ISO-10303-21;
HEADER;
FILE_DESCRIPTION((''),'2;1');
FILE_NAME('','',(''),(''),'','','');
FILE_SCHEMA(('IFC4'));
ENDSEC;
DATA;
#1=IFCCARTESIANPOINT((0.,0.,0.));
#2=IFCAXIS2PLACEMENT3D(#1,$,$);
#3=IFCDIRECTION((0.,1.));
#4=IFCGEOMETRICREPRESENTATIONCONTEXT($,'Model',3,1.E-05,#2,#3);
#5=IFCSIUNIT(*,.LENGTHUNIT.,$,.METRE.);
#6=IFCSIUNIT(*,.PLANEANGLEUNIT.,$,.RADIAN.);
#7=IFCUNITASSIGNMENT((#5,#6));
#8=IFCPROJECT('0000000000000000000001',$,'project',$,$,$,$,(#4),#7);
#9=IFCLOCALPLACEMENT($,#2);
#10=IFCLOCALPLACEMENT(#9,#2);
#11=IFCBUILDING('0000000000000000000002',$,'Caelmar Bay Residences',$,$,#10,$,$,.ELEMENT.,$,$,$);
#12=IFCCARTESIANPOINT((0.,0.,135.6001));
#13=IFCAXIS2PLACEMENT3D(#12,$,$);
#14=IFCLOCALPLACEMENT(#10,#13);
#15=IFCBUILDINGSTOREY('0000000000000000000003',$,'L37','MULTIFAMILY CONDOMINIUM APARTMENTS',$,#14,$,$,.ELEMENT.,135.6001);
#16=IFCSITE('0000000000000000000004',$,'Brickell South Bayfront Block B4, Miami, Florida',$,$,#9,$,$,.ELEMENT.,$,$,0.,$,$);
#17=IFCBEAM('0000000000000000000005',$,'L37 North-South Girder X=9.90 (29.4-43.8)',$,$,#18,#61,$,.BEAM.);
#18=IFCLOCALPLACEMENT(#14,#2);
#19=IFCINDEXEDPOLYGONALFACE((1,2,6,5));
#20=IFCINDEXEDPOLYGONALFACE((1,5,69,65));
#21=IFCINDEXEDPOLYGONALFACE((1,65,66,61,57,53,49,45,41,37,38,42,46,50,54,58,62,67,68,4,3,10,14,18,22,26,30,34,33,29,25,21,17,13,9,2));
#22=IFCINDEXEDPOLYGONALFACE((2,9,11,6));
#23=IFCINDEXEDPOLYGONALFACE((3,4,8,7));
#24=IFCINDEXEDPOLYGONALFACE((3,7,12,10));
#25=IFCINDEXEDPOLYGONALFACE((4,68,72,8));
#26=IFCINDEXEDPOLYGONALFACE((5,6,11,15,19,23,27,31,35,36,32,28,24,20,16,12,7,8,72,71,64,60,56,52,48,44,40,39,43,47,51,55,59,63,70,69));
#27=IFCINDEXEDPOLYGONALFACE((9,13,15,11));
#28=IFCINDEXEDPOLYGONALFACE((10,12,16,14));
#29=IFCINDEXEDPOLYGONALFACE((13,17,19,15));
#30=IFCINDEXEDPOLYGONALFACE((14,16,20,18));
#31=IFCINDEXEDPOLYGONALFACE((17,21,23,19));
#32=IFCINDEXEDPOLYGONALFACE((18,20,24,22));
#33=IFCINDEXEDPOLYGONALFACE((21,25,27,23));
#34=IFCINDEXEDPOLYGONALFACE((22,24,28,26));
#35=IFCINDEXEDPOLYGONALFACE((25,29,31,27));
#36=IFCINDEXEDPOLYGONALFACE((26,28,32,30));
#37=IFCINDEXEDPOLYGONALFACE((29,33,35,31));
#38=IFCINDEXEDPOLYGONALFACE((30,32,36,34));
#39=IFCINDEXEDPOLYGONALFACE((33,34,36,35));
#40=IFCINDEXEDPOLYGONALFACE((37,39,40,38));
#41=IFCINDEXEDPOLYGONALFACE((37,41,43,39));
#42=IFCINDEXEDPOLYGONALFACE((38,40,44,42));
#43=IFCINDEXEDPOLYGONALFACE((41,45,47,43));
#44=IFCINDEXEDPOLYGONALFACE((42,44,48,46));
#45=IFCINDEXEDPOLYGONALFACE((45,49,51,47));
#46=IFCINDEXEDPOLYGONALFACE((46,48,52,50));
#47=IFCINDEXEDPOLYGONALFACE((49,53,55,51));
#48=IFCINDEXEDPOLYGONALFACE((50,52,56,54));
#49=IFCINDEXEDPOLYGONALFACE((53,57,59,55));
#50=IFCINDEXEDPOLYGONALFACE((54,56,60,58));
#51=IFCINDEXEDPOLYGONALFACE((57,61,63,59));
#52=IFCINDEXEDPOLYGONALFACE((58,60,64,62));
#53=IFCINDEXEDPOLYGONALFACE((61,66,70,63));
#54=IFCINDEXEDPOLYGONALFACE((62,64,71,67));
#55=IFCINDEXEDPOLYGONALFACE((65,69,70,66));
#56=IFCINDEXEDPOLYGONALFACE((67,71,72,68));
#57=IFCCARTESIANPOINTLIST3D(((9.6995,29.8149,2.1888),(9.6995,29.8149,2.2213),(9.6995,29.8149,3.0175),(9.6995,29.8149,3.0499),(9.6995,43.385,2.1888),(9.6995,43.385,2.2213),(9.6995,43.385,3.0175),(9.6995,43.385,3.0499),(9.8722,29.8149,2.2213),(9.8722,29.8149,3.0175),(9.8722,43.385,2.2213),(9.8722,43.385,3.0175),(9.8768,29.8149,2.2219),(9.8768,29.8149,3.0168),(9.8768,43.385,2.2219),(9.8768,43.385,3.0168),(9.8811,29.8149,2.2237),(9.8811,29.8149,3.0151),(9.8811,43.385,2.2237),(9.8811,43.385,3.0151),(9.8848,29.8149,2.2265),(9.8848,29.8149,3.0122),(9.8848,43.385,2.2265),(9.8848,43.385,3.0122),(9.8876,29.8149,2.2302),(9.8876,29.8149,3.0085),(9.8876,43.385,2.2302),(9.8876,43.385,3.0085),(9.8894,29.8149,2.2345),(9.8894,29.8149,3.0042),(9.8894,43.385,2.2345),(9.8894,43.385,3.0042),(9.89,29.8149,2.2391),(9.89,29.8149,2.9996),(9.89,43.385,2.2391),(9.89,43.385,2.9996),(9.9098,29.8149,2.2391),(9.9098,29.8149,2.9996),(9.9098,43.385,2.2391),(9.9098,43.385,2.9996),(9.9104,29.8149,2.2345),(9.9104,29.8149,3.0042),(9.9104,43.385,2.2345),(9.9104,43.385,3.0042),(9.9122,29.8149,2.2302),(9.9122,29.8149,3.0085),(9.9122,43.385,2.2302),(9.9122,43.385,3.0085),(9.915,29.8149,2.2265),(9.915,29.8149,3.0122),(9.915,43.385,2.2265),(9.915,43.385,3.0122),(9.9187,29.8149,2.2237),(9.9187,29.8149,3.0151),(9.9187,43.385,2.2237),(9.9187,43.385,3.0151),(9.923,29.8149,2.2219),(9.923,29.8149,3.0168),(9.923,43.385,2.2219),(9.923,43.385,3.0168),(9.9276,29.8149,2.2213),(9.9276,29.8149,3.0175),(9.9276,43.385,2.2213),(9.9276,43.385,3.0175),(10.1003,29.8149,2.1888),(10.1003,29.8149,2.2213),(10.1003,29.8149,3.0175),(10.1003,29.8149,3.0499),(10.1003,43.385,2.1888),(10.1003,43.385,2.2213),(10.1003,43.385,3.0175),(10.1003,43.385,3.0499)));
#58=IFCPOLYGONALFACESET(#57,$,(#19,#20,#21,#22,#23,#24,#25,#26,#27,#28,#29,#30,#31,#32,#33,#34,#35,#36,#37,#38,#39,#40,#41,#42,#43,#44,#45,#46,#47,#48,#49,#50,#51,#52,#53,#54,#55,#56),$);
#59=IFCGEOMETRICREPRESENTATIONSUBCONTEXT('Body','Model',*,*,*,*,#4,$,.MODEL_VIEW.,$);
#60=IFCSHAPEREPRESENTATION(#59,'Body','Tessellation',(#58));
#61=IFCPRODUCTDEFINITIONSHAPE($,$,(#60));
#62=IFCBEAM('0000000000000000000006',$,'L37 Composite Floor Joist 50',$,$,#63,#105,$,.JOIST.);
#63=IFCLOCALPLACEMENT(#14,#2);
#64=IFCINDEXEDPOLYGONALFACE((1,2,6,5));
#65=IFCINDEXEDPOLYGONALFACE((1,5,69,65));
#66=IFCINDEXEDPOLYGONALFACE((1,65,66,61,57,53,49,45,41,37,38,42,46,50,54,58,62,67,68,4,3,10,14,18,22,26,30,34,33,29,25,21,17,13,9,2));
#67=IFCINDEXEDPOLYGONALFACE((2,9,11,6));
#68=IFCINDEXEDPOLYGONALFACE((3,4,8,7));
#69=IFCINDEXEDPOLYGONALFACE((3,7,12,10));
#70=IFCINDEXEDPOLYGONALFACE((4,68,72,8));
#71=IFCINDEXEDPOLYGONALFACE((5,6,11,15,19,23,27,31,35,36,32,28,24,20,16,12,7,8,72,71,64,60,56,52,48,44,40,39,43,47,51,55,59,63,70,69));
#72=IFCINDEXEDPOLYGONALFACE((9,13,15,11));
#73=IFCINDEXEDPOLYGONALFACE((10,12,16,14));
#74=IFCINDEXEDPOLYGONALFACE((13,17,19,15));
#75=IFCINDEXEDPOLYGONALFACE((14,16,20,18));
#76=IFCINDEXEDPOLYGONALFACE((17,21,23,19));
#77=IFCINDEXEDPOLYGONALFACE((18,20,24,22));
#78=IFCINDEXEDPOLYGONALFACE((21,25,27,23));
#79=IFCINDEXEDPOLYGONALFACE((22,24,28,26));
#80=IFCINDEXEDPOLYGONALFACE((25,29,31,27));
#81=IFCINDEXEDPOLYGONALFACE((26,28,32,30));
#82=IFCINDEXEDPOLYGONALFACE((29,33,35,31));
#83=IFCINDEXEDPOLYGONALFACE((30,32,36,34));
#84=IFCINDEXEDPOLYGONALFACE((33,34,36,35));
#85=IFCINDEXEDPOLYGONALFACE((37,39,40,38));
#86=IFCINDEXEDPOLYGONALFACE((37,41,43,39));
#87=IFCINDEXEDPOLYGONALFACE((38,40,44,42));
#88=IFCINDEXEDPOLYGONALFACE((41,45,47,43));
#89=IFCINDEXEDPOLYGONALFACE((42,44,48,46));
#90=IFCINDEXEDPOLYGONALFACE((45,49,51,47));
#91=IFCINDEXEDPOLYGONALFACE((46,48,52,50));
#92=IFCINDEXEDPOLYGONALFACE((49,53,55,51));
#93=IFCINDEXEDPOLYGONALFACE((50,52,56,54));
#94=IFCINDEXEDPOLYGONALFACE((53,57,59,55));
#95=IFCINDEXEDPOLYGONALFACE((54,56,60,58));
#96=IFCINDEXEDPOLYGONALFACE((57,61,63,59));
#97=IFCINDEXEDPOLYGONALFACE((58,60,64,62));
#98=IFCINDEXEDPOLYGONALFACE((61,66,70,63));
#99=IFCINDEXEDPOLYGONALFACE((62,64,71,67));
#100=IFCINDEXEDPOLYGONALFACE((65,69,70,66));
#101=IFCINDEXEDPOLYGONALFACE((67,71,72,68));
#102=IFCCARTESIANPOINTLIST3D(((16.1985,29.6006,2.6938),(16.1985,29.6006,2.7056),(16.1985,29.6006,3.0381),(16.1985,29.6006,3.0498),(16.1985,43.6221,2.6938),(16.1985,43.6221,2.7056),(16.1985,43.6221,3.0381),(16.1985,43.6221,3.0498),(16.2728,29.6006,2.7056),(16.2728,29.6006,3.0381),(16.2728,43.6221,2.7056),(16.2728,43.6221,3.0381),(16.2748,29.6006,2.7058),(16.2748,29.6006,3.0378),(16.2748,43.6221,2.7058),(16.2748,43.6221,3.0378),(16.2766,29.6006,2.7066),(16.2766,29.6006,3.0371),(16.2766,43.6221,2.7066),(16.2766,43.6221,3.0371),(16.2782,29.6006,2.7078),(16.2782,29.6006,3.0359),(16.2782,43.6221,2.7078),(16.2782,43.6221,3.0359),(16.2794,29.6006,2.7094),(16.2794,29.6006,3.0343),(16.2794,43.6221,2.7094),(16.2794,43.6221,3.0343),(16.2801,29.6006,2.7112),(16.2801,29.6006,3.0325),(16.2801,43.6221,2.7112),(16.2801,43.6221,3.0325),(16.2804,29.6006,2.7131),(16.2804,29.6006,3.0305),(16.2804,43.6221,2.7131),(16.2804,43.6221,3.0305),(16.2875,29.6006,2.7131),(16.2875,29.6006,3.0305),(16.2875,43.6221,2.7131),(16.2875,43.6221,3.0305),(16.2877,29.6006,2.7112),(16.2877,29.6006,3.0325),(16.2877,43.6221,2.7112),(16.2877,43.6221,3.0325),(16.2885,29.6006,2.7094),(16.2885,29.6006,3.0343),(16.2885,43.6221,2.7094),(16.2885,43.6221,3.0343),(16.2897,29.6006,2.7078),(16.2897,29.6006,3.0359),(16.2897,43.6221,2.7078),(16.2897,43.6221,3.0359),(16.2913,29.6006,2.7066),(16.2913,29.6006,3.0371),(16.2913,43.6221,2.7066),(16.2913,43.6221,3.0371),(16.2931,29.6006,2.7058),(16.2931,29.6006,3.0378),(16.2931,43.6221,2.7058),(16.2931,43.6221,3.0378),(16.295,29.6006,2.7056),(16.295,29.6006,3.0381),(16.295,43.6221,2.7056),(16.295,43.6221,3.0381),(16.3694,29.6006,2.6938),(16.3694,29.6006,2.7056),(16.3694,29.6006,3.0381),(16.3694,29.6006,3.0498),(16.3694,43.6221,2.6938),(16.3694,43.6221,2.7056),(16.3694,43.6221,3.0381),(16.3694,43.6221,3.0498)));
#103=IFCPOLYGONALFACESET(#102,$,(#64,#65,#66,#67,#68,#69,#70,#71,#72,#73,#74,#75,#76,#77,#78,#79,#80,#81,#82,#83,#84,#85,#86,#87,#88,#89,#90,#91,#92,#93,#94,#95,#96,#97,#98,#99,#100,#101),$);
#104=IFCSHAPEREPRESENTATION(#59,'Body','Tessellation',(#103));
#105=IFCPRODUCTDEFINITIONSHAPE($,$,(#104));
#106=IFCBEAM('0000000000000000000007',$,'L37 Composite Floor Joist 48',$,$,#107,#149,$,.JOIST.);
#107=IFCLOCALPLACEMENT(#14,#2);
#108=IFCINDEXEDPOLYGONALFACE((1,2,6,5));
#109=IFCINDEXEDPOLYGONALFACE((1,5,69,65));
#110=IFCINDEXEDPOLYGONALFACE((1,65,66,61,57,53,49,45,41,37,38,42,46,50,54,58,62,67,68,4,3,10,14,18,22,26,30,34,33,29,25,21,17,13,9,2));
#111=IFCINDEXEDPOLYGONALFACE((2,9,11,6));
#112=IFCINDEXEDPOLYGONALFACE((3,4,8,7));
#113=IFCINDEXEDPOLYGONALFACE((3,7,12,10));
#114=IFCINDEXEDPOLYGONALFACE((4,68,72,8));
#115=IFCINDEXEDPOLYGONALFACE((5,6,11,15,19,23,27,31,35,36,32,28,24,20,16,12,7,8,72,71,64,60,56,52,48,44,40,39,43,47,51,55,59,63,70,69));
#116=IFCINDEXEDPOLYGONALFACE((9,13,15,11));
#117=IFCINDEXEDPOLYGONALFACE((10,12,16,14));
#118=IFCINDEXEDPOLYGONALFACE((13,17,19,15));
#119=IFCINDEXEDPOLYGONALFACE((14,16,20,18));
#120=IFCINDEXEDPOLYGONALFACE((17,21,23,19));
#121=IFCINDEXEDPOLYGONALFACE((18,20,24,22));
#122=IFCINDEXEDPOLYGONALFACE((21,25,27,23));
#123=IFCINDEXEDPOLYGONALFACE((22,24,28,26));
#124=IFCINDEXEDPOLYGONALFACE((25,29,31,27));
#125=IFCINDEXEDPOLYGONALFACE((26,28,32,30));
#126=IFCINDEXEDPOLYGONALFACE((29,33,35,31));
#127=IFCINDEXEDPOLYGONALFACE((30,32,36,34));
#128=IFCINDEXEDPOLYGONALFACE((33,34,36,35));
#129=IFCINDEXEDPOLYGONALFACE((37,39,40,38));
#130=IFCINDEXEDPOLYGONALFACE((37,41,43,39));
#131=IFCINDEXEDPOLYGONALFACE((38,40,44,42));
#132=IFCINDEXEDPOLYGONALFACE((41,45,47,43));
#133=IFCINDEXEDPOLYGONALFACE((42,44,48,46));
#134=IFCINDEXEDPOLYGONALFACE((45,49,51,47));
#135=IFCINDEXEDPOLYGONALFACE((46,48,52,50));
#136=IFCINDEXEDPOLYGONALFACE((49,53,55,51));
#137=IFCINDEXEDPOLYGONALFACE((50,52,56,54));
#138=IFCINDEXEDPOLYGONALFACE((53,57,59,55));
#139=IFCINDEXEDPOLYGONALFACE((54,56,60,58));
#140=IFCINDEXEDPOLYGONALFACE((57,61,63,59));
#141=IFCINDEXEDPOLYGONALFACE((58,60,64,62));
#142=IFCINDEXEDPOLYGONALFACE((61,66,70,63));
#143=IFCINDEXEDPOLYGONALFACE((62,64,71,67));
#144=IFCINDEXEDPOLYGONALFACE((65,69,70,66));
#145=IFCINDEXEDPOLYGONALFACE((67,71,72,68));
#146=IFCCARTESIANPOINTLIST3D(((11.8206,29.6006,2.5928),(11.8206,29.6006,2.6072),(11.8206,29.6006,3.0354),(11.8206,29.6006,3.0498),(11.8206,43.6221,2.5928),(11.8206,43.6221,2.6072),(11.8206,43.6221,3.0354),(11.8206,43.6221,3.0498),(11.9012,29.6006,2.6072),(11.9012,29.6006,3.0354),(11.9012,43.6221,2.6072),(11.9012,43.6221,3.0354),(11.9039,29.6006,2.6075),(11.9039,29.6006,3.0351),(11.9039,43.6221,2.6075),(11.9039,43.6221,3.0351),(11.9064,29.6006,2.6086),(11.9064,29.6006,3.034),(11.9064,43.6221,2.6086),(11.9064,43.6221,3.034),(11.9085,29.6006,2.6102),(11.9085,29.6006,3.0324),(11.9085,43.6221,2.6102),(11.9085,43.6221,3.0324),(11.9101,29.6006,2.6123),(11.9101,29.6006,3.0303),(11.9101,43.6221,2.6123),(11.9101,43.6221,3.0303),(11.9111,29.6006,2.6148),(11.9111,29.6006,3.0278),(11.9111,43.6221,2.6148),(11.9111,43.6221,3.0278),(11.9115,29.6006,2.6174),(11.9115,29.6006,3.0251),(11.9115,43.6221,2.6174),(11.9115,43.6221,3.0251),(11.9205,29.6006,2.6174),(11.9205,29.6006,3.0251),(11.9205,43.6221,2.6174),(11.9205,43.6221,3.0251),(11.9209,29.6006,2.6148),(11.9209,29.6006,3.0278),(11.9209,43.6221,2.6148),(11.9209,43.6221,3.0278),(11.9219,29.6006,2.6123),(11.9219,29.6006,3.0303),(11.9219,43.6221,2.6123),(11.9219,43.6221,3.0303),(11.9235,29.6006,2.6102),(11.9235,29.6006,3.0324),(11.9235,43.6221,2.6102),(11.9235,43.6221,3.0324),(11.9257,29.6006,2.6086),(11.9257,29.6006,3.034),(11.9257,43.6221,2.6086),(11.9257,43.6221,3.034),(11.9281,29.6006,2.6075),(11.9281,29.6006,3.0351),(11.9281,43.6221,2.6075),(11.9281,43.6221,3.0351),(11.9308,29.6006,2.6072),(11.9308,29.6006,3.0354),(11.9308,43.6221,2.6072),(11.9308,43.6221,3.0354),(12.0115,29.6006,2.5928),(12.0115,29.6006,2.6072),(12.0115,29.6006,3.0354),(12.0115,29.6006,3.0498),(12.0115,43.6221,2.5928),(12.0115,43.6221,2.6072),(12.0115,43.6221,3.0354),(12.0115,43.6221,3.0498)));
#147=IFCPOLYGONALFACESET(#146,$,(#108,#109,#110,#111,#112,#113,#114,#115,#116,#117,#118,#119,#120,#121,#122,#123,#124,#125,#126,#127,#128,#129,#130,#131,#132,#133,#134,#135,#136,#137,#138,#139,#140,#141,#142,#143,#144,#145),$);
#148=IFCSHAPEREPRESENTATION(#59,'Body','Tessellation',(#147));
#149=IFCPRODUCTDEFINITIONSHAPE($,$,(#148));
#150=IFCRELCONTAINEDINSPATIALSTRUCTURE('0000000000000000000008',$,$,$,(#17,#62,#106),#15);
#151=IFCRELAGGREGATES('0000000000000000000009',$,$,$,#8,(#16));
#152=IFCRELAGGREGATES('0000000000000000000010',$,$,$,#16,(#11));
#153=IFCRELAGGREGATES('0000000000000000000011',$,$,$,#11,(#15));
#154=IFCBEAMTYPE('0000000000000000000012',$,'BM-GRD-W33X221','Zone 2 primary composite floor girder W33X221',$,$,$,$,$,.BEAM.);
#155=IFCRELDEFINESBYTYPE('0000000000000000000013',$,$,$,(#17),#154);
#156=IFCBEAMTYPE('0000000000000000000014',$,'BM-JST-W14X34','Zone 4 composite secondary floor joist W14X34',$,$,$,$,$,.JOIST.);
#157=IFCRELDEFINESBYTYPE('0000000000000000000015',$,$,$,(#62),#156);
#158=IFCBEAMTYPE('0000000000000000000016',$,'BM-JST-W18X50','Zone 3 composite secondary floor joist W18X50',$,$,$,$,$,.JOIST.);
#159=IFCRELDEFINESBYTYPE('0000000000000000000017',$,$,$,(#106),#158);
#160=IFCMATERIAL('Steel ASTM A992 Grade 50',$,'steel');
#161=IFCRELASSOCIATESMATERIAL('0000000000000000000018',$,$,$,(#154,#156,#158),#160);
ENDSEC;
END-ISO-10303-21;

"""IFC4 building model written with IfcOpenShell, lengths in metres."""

from ifc_helpers import new_model, si_unit, direction, frame, origin, origin_2d, place, context, subcontext, project, spatial, i_section, extrude, material, material_profile, profile_set, type_object, element, save


model = new_model("IFC4")

# Units and contexts
model_context = context("Model", 3, precision=1e-05, world=origin(), true_north=direction((0.0, 1.0)))
body_context = subcontext(model_context, "Body", "Model", "MODEL_VIEW")
ifc_project = project(units=[si_unit("LENGTHUNIT", "METRE"), si_unit("PLANEANGLEUNIT", "RADIAN")], contexts=[model_context])

# Site, building, storey
site_placement = place(None, origin())
site = spatial("IfcSite", under=ifc_project, at=site_placement, Name="Brickell South Bayfront Block B4, Miami, Florida", CompositionType="ELEMENT", RefElevation=0.0)
building_placement = place(site_placement, origin())
building = spatial("IfcBuilding", under=site, at=building_placement, Name="Caelmar Bay Residences", CompositionType="ELEMENT")
storey_placement = place(building_placement, frame((0.0, 0.0, 135.6001)))
storey = spatial("IfcBuildingStorey", under=building, at=storey_placement, Name="L37", Description="MULTIFAMILY CONDOMINIUM APARTMENTS", CompositionType="ELEMENT", Elevation=135.6001)

# Beams
ifc_material_1 = material(Name="Steel ASTM A992 Grade 50", Category="steel")
ifc_material_profile_1 = material_profile(ifc_material_1, i_section(OverallWidth=0.4009, OverallDepth=0.8611, WebThickness=0.0198, FlangeThickness=0.0325, FilletRadius=0.0178, at=origin_2d()), Name="W33X221")
ifc_profile_set_1 = profile_set([ifc_material_profile_1], Name="Steel ASTM A992 Grade 50")
beam_type_1 = type_object("IfcBeamType", Name="BM-GRD-W33X221", Description="Zone 2 primary composite floor girder W33X221", PredefinedType="BEAM", material=ifc_profile_set_1)
beam_1_placement = place(storey_placement, frame((9.8999, 29.8149, 2.6194), z_axis=(0.0, 1.0, 0.0), x_axis=(-1.0, 0.0, 0.0)))
element("IfcBeam", 1, at=beam_1_placement, inside=storey, type_object=beam_type_1, Name="L37 North-South Girder X=9.90 (29.4-43.8)", PredefinedType="BEAM", context=body_context, shape_type="SweptSolid", body=[
    extrude(i_section(OverallWidth=0.4009, OverallDepth=0.8611, WebThickness=0.0198, FlangeThickness=0.0325, FilletRadius=0.0178, at=origin_2d()), origin(), (0.0, 0.0, 1.0), 13.5701),
])
ifc_material_profile_2 = material_profile(ifc_material_1, i_section(OverallWidth=0.1709, OverallDepth=0.356, WebThickness=0.0071, FlangeThickness=0.0117, FilletRadius=0.0076, at=origin_2d()), Name="W14X34")
ifc_profile_set_2 = profile_set([ifc_material_profile_2], Name="Steel ASTM A992 Grade 50")
beam_type_2 = type_object("IfcBeamType", Name="BM-JST-W14X34", Description="Zone 4 composite secondary floor joist W14X34", PredefinedType="JOIST", material=ifc_profile_set_2)
beam_2_placement = place(storey_placement, frame((16.2839, 29.6006, 2.8718), z_axis=(0.0, 1.0, 0.0), x_axis=(-1.0, 0.0, 0.0)))
element("IfcBeam", 2, at=beam_2_placement, inside=storey, type_object=beam_type_2, Name="L37 Composite Floor Joist 50", PredefinedType="JOIST", context=body_context, shape_type="SweptSolid", body=[
    extrude(i_section(OverallWidth=0.1709, OverallDepth=0.356, WebThickness=0.0071, FlangeThickness=0.0117, FilletRadius=0.0076, at=origin_2d()), origin(), (0.0, 0.0, 1.0), 14.0215),
])
ifc_material_profile_3 = material_profile(ifc_material_1, i_section(OverallWidth=0.1909, OverallDepth=0.457, WebThickness=0.009, FlangeThickness=0.0144, FilletRadius=0.0103, at=origin_2d()), Name="W18X50")
ifc_profile_set_3 = profile_set([ifc_material_profile_3], Name="Steel ASTM A992 Grade 50")
beam_type_3 = type_object("IfcBeamType", Name="BM-JST-W18X50", Description="Zone 3 composite secondary floor joist W18X50", PredefinedType="JOIST", material=ifc_profile_set_3)
beam_3_placement = place(storey_placement, frame((11.916, 29.6006, 2.8213), z_axis=(0.0, 1.0, 0.0), x_axis=(-1.0, 0.0, 0.0)))
element("IfcBeam", 3, at=beam_3_placement, inside=storey, type_object=beam_type_3, Name="L37 Composite Floor Joist 48", PredefinedType="JOIST", context=body_context, shape_type="SweptSolid", body=[
    extrude(i_section(OverallWidth=0.1909, OverallDepth=0.457, WebThickness=0.009, FlangeThickness=0.0144, FilletRadius=0.0103, at=origin_2d()), origin(), (0.0, 0.0, 1.0), 14.0215),
])

save(model, "model.ifc")
